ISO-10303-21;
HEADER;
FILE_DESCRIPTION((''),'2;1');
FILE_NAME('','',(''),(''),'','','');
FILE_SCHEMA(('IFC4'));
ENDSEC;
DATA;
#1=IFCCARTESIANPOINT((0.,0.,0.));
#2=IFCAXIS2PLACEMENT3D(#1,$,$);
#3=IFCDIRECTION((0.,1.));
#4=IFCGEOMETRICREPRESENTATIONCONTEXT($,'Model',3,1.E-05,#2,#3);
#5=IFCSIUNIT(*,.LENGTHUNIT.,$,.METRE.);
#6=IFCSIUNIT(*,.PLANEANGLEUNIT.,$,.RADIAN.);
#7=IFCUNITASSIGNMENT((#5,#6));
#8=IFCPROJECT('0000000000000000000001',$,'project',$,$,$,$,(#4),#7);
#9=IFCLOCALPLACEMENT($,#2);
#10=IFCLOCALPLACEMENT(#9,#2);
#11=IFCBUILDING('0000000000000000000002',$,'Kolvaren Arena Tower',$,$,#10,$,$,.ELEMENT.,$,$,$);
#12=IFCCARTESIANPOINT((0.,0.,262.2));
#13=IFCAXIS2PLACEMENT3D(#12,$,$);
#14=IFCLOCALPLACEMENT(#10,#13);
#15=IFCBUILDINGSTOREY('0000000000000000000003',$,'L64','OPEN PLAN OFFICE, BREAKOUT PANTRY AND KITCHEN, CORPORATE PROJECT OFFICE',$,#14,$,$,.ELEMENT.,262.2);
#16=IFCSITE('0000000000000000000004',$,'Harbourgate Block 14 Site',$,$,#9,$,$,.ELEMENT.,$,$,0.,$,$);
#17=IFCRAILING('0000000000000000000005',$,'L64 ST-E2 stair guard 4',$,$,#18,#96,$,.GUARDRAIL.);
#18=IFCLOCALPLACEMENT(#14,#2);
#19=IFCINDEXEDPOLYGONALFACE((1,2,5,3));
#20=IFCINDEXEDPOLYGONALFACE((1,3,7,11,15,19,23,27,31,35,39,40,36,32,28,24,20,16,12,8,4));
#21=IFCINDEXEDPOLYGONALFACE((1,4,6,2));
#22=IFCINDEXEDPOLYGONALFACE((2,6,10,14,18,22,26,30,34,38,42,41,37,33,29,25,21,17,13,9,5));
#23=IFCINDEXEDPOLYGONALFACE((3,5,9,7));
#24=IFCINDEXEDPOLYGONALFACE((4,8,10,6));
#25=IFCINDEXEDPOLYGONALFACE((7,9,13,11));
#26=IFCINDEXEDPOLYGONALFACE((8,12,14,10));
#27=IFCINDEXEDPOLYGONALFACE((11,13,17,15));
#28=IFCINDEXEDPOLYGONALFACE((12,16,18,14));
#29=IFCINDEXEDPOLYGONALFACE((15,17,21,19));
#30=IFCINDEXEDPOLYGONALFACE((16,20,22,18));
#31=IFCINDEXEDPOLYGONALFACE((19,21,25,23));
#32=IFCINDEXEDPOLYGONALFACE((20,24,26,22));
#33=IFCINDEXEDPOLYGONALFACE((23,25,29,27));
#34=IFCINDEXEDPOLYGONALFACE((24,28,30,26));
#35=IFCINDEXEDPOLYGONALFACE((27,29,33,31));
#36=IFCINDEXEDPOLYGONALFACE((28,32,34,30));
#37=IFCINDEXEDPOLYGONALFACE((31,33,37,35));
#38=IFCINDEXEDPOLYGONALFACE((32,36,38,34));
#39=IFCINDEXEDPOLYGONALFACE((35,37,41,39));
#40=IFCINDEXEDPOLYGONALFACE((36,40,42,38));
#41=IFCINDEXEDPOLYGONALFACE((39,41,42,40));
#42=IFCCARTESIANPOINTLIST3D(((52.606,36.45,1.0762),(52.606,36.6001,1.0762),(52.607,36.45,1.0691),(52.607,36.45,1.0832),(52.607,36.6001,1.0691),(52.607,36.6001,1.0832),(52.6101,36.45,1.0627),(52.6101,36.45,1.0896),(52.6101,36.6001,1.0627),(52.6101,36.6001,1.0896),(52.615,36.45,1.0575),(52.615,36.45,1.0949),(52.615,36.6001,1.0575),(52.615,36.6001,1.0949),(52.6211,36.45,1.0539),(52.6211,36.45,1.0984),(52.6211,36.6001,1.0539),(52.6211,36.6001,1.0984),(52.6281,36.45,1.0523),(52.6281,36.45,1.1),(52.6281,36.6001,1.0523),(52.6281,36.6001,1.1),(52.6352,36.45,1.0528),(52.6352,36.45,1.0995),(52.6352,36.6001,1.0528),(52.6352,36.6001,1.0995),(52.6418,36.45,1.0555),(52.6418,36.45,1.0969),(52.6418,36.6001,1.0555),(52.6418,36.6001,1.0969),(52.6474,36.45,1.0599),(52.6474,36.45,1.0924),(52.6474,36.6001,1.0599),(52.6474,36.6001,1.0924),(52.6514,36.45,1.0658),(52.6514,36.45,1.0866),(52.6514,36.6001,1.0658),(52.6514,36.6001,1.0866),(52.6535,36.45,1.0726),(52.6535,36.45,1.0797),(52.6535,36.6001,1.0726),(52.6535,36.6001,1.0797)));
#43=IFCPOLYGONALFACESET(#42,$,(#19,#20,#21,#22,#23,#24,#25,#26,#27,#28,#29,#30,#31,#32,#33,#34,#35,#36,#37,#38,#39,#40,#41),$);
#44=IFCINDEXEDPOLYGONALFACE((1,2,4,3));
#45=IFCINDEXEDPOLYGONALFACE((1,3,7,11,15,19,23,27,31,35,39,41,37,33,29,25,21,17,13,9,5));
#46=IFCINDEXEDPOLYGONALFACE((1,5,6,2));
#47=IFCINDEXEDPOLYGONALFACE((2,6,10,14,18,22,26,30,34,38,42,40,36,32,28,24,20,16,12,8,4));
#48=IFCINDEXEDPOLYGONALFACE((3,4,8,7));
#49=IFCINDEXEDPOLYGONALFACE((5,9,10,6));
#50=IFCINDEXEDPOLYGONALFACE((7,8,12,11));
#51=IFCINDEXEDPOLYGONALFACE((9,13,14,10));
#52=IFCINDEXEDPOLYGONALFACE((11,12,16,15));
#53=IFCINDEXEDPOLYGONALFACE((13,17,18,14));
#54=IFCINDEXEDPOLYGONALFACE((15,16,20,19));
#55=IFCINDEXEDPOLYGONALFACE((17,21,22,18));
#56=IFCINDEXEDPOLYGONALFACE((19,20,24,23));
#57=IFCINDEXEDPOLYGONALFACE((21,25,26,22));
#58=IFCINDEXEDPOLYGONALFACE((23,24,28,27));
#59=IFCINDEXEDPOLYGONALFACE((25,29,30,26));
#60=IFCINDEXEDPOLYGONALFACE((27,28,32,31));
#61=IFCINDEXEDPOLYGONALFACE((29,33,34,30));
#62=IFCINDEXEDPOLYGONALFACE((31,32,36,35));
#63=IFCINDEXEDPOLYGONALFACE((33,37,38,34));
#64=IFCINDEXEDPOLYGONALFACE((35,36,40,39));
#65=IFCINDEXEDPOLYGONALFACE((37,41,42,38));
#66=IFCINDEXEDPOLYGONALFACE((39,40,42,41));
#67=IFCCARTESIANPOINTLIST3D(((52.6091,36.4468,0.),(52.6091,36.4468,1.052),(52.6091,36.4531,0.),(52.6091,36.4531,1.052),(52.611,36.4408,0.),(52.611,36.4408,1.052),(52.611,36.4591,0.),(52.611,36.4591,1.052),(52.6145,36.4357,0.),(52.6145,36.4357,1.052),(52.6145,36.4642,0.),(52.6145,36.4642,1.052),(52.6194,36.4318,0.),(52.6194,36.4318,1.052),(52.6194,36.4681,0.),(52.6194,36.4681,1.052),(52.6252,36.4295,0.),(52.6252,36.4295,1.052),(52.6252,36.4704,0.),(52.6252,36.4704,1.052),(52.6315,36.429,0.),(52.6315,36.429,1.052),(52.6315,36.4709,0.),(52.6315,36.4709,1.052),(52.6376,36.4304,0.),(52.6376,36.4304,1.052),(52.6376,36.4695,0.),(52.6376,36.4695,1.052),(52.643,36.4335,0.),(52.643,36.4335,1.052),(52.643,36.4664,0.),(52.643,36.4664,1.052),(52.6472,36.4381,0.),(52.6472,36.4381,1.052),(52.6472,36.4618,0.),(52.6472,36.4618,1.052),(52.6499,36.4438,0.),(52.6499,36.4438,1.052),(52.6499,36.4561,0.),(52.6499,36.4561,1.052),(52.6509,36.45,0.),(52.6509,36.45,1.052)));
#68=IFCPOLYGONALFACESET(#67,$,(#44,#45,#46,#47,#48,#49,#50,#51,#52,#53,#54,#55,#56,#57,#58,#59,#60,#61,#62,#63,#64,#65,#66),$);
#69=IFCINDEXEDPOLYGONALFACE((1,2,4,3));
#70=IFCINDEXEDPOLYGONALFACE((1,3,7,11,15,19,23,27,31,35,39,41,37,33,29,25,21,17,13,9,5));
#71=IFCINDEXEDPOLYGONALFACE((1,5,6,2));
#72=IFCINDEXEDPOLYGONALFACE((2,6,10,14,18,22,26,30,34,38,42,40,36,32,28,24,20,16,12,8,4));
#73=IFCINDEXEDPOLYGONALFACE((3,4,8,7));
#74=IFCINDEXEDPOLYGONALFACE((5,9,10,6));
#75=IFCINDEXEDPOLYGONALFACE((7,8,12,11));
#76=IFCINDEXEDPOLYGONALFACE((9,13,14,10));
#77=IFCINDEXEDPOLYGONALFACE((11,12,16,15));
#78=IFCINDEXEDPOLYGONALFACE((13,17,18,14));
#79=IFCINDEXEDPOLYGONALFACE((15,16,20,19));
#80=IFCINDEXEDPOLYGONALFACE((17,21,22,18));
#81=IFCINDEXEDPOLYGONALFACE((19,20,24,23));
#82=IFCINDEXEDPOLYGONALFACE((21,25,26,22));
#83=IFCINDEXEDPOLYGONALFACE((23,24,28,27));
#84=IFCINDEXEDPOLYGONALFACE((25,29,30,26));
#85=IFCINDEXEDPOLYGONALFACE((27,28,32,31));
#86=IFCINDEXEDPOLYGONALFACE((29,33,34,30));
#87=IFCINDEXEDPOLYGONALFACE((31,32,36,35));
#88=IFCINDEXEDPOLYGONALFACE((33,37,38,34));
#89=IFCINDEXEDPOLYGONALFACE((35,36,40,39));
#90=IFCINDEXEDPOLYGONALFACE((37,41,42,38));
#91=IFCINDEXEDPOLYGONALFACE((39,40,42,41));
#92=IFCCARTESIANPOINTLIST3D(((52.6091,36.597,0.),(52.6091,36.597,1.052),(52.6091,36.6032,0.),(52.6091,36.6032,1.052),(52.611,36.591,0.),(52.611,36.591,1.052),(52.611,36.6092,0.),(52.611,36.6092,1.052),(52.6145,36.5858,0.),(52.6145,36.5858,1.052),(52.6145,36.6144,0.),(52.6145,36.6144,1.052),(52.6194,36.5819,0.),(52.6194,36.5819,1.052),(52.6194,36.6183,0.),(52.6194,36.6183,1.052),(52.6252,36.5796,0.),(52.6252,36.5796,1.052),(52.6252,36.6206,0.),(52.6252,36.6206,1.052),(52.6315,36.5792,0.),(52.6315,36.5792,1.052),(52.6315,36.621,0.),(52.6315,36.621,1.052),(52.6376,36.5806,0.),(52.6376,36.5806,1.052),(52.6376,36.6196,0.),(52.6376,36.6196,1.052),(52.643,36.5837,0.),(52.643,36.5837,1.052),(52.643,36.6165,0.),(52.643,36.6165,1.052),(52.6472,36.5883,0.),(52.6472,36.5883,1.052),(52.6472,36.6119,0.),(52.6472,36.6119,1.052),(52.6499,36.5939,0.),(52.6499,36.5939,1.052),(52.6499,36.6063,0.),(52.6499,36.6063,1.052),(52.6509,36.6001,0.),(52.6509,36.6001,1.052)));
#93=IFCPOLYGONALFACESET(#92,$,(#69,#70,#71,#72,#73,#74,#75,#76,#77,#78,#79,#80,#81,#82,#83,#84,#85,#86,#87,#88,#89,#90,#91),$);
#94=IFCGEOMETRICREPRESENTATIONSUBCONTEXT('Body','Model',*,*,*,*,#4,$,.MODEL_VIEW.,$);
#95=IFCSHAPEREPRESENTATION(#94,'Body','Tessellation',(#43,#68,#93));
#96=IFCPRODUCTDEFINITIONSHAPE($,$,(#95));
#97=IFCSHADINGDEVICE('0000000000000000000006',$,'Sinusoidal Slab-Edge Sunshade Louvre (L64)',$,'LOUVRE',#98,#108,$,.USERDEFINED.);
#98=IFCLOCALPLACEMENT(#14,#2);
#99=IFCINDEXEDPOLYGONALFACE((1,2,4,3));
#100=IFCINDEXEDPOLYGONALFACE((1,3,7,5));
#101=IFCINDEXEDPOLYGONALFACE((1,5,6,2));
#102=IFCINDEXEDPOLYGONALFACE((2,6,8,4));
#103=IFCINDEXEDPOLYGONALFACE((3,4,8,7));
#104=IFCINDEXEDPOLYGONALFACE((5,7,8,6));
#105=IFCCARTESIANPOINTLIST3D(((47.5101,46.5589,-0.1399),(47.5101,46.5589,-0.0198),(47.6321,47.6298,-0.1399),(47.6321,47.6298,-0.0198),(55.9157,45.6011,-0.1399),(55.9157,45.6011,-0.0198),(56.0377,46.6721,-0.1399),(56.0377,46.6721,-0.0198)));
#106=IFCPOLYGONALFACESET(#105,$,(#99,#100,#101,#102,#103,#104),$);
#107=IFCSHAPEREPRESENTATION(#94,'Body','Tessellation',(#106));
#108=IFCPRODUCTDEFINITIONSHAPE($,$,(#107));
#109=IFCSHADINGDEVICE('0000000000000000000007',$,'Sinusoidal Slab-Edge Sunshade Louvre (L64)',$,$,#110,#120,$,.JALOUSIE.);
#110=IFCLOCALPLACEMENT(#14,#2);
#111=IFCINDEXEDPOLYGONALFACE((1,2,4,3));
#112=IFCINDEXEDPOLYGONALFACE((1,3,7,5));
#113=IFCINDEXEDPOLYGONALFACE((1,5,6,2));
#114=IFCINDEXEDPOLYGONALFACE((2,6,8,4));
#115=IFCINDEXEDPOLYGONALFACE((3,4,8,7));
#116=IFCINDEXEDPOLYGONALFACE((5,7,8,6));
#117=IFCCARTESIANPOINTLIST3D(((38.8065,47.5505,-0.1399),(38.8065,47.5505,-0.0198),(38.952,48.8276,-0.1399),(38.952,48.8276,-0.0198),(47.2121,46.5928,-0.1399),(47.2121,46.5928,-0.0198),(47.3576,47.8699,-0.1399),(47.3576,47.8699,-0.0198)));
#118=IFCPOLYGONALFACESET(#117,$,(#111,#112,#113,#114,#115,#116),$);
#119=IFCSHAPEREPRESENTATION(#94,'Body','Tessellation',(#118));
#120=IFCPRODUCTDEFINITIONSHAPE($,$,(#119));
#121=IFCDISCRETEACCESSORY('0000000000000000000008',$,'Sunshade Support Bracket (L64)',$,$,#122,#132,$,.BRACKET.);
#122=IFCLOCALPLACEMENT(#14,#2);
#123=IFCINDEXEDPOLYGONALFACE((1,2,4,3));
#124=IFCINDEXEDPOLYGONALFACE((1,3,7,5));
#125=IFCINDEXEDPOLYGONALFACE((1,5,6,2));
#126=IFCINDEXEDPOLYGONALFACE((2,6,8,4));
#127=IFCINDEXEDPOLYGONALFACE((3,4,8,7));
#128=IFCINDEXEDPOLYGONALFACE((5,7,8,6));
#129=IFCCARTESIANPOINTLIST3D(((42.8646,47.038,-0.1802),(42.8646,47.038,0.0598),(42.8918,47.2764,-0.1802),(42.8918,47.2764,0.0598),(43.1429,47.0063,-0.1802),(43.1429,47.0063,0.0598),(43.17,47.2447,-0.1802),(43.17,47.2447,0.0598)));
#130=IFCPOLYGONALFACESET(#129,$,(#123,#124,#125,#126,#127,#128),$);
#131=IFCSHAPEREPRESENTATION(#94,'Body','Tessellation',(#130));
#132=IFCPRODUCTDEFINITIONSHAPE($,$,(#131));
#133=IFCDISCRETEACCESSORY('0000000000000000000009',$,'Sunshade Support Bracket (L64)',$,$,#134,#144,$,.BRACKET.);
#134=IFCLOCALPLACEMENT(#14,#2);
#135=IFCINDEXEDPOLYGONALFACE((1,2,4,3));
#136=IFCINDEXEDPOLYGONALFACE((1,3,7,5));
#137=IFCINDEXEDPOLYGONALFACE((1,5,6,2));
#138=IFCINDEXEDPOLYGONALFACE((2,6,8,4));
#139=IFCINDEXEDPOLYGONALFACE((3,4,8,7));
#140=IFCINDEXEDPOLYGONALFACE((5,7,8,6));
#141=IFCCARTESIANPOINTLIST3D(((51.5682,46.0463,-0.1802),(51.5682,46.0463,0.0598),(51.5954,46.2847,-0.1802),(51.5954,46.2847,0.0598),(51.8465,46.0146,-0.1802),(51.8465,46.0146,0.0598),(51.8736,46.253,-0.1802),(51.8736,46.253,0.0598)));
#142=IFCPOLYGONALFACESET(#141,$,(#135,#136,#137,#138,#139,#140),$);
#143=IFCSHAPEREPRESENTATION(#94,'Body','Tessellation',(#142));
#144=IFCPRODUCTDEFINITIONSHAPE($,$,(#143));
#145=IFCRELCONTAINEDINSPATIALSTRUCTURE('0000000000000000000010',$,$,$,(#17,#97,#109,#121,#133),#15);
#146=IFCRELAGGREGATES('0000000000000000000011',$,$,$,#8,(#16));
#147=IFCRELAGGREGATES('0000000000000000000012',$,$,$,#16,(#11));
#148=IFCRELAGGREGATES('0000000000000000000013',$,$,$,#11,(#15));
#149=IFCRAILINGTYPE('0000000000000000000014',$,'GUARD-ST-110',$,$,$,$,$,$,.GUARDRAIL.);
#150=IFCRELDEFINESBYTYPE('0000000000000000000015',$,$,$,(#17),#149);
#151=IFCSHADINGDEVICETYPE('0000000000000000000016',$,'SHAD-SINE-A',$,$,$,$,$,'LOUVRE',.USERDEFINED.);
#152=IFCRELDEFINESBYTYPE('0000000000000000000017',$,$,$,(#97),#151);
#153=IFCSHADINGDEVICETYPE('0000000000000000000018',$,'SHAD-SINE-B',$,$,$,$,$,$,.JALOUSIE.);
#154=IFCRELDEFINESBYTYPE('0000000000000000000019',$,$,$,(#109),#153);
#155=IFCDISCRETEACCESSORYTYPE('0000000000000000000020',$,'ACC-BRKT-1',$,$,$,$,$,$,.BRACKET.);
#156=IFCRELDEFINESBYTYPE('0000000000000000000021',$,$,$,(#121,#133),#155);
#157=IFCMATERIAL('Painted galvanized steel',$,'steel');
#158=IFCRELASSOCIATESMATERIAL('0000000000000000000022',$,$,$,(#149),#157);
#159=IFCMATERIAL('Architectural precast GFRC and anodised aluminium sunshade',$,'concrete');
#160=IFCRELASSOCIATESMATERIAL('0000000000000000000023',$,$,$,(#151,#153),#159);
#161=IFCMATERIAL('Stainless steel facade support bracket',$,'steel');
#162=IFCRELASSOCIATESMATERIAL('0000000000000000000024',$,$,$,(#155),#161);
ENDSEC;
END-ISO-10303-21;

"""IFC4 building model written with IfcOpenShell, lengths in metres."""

from ifc_helpers import new_model, si_unit, direction, frame, origin, origin_2d, place, context, subcontext, project, spatial, rectangle, circle, extrude, material, type_object, element, save


model = new_model("IFC4")

# Units and contexts
model_context = context("Model", 3, precision=1e-05, world=origin(), true_north=direction((0.0, 1.0)))
body_context = subcontext(model_context, "Body", "Model", "MODEL_VIEW")
ifc_project = project(units=[si_unit("LENGTHUNIT", "METRE"), si_unit("PLANEANGLEUNIT", "RADIAN")], contexts=[model_context])

# Site, building, storey
site_placement = place(None, origin())
site = spatial("IfcSite", under=ifc_project, at=site_placement, Name="Harbourgate Block 14 Site", CompositionType="ELEMENT", RefElevation=0.0)
building_placement = place(site_placement, origin())
building = spatial("IfcBuilding", under=site, at=building_placement, Name="Kolvaren Arena Tower", CompositionType="ELEMENT")
storey_placement = place(building_placement, frame((0.0, 0.0, 262.2)))
storey = spatial("IfcBuildingStorey", under=building, at=storey_placement, Name="L64", Description="OPEN PLAN OFFICE, BREAKOUT PANTRY AND KITCHEN, CORPORATE PROJECT OFFICE", CompositionType="ELEMENT", Elevation=262.2)

# Railing
ifc_material_1 = material(Name="Painted galvanized steel", Category="steel")
railing_type = type_object("IfcRailingType", Name="GUARD-ST-110", PredefinedType="GUARDRAIL", material=ifc_material_1)
railing_1_placement = place(storey_placement, frame((52.6299, 36.45, 0.0)))
element("IfcRailing", 1, at=railing_1_placement, inside=storey, type_object=railing_type, Name="L64 ST-E2 stair guard 4", PredefinedType="GUARDRAIL", context=body_context, shape_type="SweptSolid", body=[
    extrude(circle(Radius=0.0239, at=origin_2d()), frame((0.0, 0.0, 1.0762), z_axis=(0.0, 1.0, 0.0), x_axis=(-1.0, 0.0, 0.0)), (0.0, 0.0, 1.0), 0.1501),
    extrude(circle(Radius=0.021, at=origin_2d()), origin(), (0.0, 0.0, 1.0), 1.052),
    extrude(circle(Radius=0.021, at=origin_2d()), frame((0.0, 0.1501, 0.0)), (0.0, 0.0, 1.0), 1.052),
])

# Shading devices
ifc_material_2 = material(Name="Architectural precast GFRC and anodised aluminium sunshade", Category="concrete")
shading_device_type_1 = type_object("IfcShadingDeviceType", Name="SHAD-SINE-A", ElementType="LOUVRE", PredefinedType="USERDEFINED", material=ifc_material_2)
shading_device_1_placement = place(storey_placement, frame((51.7739, 46.6155, -0.1399), z_axis=(0.0, 0.0, 1.0), x_axis=(0.993572, -0.113205, 0.0)))
element("IfcShadingDevice", 2, at=shading_device_1_placement, inside=storey, type_object=shading_device_type_1, Name="Sinusoidal Slab-Edge Sunshade Louvre (L64)", ObjectType="LOUVRE", PredefinedType="USERDEFINED", context=body_context, shape_type="SweptSolid", body=[
    extrude(rectangle(XDim=8.46, YDim=1.0779, at=origin_2d()), origin(), (0.0, 0.0, 1.0), 0.1201),
])
shading_device_type_2 = type_object("IfcShadingDeviceType", Name="SHAD-SINE-B", PredefinedType="JALOUSIE", material=ifc_material_2)
shading_device_2_placement = place(storey_placement, frame((43.082, 47.7102, -0.1399), z_axis=(0.0, 0.0, 1.0), x_axis=(0.993572, -0.113205, 0.0)))
element("IfcShadingDevice", 3, at=shading_device_2_placement, inside=storey, type_object=shading_device_type_2, Name="Sinusoidal Slab-Edge Sunshade Louvre (L64)", PredefinedType="JALOUSIE", context=body_context, shape_type="SweptSolid", body=[
    extrude(rectangle(XDim=8.46, YDim=1.2854, at=origin_2d()), origin(), (0.0, 0.0, 1.0), 0.1201),
])

# Discrete accessories
ifc_material_3 = material(Name="Stainless steel facade support bracket", Category="steel")
discrete_accessory_type = type_object("IfcDiscreteAccessoryType", Name="ACC-BRKT-1", PredefinedType="BRACKET", material=ifc_material_3)
for number, where, z_axis, x_axis, name in (
    (4, (43.0173, 47.1414, -0.1802), (0.0, 0.0, 1.0), (0.993572, -0.113205, 0.0), "Sunshade Support Bracket (L64)"),
    (5, (51.7209, 46.1497, -0.1802), (0.0, 0.0, 1.0), (0.993572, -0.113205, 0.0), "Sunshade Support Bracket (L64)"),
):
    element("IfcDiscreteAccessory", number, at=place(storey_placement, frame(where, z_axis=z_axis, x_axis=x_axis)), inside=storey, type_object=discrete_accessory_type, Name=name, PredefinedType="BRACKET", context=body_context, shape_type="SweptSolid", body=[
        extrude(rectangle(XDim=0.28, YDim=0.24, at=origin_2d()), origin(), (0.0, 0.0, 1.0), 0.24),
    ])

save(model, "model.ifc")
